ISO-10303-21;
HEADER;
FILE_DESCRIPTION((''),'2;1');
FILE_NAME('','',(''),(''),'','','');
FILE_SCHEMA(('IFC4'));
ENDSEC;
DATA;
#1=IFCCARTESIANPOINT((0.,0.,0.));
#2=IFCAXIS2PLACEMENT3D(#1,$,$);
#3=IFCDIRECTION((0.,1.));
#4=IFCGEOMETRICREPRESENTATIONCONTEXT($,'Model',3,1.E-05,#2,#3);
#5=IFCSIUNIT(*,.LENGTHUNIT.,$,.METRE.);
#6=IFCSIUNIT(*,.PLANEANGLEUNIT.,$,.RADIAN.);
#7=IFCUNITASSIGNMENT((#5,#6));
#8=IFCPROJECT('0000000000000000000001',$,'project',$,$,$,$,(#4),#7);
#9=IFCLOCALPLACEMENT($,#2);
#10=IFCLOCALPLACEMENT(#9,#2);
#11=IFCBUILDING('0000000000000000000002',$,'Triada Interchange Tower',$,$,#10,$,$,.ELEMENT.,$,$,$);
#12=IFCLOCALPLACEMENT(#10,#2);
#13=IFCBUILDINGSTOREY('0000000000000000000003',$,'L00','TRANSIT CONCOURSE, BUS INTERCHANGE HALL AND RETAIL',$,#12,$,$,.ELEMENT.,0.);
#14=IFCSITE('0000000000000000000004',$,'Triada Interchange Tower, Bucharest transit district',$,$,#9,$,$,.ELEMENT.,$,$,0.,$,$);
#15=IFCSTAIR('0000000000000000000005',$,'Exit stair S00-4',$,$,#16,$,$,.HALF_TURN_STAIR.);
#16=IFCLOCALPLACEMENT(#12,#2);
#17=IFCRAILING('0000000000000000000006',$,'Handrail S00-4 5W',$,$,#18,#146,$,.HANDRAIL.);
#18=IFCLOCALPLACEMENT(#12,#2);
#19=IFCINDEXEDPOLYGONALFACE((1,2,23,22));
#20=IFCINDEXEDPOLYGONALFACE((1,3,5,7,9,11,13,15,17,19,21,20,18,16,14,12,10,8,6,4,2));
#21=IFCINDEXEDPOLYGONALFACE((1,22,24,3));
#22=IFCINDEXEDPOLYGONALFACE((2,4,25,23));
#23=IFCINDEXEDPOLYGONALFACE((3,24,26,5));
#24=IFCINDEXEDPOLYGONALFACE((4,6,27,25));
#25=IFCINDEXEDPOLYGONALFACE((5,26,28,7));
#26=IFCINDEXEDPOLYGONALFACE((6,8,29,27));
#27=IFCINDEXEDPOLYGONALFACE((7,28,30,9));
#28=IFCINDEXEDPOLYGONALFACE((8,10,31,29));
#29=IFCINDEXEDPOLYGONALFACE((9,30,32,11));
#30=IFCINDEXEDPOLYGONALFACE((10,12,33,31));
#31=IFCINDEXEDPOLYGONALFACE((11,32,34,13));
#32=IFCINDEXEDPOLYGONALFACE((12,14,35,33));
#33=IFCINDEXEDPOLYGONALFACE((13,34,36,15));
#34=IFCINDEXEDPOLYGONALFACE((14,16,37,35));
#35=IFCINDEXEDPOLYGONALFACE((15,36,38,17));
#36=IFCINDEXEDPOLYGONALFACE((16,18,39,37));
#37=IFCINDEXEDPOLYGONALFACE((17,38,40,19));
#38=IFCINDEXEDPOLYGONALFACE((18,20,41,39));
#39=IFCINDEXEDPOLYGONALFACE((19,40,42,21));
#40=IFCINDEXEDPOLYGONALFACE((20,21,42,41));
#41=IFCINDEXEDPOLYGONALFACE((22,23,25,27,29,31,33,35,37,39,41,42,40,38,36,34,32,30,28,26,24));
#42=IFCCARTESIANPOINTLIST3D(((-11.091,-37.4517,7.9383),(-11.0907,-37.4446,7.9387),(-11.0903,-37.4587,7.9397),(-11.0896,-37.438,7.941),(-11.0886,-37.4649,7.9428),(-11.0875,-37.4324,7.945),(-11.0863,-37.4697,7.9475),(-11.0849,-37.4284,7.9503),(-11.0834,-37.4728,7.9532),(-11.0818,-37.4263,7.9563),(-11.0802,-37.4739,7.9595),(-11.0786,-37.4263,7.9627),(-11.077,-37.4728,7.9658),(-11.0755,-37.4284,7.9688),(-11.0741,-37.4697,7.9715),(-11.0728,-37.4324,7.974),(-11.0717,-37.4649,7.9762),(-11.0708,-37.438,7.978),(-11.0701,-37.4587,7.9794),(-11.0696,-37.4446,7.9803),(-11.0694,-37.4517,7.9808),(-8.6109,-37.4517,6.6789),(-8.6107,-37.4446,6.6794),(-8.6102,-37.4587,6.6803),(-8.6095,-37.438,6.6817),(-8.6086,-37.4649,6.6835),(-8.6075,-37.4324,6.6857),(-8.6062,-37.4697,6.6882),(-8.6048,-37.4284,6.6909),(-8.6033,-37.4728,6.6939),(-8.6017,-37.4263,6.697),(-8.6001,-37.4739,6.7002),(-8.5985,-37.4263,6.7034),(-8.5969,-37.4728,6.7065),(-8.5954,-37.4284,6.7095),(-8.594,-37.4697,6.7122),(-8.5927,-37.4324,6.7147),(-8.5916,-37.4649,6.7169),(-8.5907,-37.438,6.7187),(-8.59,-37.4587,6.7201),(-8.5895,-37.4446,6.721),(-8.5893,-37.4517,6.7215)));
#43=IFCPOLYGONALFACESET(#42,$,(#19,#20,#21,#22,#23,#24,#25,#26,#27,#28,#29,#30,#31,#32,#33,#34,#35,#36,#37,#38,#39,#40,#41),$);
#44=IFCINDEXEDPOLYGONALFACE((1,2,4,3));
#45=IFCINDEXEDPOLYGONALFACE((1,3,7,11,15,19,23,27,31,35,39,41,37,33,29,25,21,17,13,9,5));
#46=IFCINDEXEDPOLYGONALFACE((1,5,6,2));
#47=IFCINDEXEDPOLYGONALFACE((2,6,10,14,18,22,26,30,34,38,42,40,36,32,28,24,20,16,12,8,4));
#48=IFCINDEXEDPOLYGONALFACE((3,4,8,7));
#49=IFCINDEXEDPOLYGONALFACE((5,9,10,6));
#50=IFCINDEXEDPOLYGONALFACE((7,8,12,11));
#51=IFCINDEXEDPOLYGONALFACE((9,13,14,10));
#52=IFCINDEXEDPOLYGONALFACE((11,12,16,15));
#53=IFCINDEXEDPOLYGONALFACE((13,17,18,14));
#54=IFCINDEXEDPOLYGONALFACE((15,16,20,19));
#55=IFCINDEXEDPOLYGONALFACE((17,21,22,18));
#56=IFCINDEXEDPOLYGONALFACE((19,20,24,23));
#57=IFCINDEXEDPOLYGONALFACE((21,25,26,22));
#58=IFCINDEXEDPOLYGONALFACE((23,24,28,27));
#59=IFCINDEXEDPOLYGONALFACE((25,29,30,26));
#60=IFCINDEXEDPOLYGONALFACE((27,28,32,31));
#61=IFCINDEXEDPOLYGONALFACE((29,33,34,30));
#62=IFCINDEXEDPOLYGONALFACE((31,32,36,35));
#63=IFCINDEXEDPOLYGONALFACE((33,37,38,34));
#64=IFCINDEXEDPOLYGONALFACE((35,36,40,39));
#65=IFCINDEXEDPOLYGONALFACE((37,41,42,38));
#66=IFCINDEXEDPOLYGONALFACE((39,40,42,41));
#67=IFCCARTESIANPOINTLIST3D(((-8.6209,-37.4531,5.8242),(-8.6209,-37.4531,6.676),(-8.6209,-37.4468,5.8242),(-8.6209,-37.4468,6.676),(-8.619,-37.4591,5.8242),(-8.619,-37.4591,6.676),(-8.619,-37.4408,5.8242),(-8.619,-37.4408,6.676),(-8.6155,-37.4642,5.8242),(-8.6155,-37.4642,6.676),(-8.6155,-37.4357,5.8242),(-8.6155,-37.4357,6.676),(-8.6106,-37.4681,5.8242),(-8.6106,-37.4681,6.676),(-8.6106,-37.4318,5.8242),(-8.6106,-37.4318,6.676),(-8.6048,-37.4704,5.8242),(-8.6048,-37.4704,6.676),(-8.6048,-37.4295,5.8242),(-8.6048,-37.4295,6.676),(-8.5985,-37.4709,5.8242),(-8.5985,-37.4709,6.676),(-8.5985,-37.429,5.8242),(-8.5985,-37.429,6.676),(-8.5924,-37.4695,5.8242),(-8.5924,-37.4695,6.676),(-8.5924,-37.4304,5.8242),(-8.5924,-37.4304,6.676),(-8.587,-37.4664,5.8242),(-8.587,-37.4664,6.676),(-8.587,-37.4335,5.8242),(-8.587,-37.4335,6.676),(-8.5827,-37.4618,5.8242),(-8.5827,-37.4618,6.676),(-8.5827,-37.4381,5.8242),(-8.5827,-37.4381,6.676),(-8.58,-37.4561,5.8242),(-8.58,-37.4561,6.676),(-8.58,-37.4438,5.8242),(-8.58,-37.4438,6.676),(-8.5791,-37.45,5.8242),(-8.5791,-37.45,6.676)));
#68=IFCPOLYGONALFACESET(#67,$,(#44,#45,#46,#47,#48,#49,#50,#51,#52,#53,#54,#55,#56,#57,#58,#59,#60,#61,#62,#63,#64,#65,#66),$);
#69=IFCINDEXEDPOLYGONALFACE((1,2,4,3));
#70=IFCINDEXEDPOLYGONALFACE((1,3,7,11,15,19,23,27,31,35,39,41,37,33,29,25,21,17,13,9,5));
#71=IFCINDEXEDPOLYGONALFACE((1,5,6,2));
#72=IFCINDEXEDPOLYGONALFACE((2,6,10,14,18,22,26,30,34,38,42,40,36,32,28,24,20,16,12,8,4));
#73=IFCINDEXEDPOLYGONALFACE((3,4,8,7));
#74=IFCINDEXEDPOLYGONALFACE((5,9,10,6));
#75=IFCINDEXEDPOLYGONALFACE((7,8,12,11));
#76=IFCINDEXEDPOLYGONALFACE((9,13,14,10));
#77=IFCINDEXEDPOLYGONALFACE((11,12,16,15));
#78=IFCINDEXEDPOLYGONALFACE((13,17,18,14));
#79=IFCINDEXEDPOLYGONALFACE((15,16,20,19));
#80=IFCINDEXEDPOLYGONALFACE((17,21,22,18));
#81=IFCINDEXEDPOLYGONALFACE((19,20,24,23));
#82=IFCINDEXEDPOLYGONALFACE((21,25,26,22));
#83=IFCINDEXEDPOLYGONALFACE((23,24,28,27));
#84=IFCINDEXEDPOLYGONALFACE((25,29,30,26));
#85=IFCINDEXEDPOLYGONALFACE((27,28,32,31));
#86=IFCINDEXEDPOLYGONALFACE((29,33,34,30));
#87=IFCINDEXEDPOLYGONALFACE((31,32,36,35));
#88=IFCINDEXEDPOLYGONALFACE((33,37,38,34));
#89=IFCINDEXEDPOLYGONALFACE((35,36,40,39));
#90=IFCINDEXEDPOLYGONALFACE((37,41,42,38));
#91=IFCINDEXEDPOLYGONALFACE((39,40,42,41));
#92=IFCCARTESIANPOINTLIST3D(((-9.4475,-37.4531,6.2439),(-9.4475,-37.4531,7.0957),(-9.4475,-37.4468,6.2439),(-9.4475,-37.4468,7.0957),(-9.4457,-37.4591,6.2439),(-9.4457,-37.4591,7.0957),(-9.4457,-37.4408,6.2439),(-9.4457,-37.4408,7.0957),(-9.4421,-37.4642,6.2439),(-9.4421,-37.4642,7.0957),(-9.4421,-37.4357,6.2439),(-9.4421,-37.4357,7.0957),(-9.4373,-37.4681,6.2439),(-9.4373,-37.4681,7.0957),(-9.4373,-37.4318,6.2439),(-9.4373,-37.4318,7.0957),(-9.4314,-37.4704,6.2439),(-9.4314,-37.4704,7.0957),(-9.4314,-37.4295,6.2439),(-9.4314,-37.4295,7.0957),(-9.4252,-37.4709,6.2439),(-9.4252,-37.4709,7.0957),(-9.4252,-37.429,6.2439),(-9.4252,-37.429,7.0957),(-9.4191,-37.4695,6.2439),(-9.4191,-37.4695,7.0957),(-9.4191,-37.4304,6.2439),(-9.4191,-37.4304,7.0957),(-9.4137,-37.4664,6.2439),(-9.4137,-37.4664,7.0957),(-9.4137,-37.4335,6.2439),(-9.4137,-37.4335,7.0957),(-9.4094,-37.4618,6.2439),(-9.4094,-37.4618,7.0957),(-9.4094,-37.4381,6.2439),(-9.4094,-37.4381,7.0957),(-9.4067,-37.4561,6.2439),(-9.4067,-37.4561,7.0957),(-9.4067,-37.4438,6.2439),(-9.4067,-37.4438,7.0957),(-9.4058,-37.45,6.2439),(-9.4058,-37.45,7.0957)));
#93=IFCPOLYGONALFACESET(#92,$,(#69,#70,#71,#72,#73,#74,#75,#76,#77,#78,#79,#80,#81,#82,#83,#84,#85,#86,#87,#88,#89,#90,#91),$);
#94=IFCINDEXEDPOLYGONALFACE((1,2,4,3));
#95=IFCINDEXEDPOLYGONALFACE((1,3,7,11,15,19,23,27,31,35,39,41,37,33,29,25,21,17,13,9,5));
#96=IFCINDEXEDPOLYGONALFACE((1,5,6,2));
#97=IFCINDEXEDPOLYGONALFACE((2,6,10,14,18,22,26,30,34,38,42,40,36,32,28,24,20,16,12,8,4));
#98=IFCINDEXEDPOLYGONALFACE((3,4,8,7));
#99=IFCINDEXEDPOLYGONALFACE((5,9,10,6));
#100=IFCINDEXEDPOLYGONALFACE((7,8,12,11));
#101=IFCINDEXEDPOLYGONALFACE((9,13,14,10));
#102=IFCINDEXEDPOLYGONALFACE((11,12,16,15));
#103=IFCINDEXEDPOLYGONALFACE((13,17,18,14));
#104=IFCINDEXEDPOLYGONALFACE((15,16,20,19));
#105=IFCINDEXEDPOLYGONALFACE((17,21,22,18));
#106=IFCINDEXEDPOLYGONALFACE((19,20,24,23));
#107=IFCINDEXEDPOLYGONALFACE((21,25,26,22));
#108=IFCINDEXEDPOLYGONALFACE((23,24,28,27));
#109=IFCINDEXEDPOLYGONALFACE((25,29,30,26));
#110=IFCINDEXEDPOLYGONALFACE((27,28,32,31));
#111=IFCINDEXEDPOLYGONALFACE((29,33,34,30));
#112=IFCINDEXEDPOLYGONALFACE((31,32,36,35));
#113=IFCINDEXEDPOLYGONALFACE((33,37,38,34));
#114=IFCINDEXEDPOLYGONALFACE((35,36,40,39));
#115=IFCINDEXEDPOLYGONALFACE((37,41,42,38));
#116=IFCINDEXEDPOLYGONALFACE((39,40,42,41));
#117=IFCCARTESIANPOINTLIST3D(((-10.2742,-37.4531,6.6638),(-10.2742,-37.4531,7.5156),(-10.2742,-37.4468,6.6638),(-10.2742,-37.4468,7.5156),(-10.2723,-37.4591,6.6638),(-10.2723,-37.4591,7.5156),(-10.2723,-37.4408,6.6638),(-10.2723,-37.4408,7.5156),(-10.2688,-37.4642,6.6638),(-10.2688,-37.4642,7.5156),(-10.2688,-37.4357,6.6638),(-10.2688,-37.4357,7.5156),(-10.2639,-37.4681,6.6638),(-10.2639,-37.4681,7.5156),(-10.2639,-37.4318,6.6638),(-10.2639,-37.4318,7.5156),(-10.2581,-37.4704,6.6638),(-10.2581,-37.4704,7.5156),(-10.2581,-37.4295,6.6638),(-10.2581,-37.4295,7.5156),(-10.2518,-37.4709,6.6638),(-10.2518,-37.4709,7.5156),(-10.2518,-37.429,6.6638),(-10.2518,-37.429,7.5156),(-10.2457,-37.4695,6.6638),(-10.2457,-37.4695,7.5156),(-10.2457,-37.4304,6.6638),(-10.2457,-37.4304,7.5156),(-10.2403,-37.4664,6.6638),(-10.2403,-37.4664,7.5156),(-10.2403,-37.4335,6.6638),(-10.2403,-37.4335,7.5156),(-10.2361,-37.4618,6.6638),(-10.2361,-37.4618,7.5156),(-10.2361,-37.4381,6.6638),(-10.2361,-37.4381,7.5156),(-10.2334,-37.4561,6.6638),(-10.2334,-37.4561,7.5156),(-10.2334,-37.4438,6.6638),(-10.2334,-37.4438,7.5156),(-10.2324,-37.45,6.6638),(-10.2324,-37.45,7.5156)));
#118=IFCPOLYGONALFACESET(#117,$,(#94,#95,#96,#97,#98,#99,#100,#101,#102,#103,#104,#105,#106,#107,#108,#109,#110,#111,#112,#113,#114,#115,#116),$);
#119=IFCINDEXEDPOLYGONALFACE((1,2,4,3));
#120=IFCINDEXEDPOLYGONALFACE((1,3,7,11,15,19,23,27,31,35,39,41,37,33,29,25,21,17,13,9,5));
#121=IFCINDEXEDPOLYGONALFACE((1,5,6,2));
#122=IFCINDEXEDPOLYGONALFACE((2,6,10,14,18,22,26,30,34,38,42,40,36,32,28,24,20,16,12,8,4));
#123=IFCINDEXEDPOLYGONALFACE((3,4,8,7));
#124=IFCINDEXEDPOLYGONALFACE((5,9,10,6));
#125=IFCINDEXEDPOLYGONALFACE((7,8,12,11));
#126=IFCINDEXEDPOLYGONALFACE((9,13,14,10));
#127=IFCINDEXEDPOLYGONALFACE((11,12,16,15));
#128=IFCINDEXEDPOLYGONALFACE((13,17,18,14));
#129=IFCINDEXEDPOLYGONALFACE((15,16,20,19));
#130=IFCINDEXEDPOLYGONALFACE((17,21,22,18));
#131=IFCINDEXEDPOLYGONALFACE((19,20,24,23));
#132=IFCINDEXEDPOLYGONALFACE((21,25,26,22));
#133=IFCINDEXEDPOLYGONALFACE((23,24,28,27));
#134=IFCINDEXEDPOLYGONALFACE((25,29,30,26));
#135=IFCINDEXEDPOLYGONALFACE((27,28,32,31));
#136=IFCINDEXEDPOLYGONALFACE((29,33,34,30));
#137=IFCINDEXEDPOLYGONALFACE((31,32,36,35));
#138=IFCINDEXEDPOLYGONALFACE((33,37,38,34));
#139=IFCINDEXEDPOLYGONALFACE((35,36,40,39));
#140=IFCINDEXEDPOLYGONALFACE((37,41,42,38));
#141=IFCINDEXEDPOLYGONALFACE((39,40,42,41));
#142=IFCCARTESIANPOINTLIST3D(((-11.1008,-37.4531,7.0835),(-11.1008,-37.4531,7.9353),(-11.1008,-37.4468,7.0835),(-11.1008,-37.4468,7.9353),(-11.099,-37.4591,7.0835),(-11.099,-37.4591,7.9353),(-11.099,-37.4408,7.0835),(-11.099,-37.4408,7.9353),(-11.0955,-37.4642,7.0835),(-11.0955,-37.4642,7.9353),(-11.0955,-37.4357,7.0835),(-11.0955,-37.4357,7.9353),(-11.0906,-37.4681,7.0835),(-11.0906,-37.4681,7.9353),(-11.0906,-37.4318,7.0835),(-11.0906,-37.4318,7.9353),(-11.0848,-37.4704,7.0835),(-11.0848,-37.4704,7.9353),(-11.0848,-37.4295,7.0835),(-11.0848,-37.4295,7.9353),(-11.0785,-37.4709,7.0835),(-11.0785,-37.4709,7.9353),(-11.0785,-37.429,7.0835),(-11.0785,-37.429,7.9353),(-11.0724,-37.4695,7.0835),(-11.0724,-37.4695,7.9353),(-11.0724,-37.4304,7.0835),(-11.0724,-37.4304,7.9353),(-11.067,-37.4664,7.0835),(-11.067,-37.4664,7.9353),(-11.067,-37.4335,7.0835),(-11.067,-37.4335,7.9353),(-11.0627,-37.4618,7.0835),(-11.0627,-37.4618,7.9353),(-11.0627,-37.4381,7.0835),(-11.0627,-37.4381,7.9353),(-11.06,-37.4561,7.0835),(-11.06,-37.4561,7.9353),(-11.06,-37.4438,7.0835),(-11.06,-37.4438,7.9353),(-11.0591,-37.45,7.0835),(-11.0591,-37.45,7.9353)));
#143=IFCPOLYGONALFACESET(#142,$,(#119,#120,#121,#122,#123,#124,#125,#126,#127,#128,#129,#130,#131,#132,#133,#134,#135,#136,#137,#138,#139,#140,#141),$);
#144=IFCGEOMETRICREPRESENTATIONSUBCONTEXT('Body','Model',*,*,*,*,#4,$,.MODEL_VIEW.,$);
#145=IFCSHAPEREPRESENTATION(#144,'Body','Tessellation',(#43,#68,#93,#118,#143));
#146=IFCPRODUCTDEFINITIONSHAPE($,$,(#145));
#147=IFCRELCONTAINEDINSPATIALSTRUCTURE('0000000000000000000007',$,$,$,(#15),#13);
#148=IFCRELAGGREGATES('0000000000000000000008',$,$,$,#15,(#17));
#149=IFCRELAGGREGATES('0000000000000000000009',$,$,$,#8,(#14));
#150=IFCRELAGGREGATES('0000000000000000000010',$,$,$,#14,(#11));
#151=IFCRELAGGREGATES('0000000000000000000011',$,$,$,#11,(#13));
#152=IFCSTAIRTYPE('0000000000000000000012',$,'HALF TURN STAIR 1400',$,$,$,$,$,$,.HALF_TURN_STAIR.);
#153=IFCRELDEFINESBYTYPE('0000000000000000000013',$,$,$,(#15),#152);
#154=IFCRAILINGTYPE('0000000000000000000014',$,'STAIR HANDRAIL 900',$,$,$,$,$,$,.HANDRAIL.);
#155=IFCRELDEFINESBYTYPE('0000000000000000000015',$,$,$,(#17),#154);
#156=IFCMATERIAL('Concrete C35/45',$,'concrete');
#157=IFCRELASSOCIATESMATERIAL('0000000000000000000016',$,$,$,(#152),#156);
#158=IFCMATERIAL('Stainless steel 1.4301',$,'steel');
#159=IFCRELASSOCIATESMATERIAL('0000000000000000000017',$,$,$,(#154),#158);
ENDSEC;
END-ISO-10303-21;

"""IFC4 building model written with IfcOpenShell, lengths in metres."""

from ifc_helpers import new_model, si_unit, direction, frame, origin, origin_2d, place, context, subcontext, project, spatial, circle, extrude, material, type_object, element, aggregate, save


model = new_model("IFC4")

# Units and contexts
model_context = context("Model", 3, precision=1e-05, world=origin(), true_north=direction((0.0, 1.0)))
body_context = subcontext(model_context, "Body", "Model", "MODEL_VIEW")
ifc_project = project(units=[si_unit("LENGTHUNIT", "METRE"), si_unit("PLANEANGLEUNIT", "RADIAN")], contexts=[model_context])

# Site, building, storey
site_placement = place(None, origin())
site = spatial("IfcSite", under=ifc_project, at=site_placement, Name="Triada Interchange Tower, Bucharest transit district", CompositionType="ELEMENT", RefElevation=0.0)
building_placement = place(site_placement, origin())
building = spatial("IfcBuilding", under=site, at=building_placement, Name="Triada Interchange Tower", CompositionType="ELEMENT")
storey_placement = place(building_placement, origin())
storey = spatial("IfcBuildingStorey", under=building, at=storey_placement, Name="L00", Description="TRANSIT CONCOURSE, BUS INTERCHANGE HALL AND RETAIL", CompositionType="ELEMENT", Elevation=0.0)

# Shared definitions
ifc_material_1 = material(Name="Concrete C35/45", Category="concrete")

# Stair
stair_type = type_object("IfcStairType", Name="HALF TURN STAIR 1400", PredefinedType="HALF_TURN_STAIR", material=ifc_material_1)
stair_1_placement = place(storey_placement, origin())
stair_1 = element("IfcStair", 1, at=stair_1_placement, inside=storey, type_object=stair_type, Name="Exit stair S00-4", PredefinedType="HALF_TURN_STAIR")

# Railing
ifc_material_2 = material(Name="Stainless steel 1.4301", Category="steel")
railing_type_1 = type_object("IfcRailingType", Name="STAIR HANDRAIL 900", PredefinedType="HANDRAIL", material=ifc_material_2)
railing_1_placement = place(storey_placement, frame((-8.6001, -37.45, 5.8242)))
railing_1 = element("IfcRailing", 2, at=railing_1_placement, type_object=railing_type_1, Name="Handrail S00-4 5W", PredefinedType="HANDRAIL", context=body_context, shape_type="SweptSolid", body=[
    extrude(circle(Radius=0.0239, at=origin_2d()), frame((0.0, 0.0, 0.876), z_axis=(-0.891636, 0.0, 0.452752), x_axis=(0.0, -1.0, 0.0)), (0.0, 0.0, 1.0), 2.7815),
    extrude(circle(Radius=0.021, at=origin_2d()), origin(), (0.0, 0.0, 1.0), 0.8518),
    extrude(circle(Radius=0.021, at=origin_2d()), frame((-0.8267, 0.0, 0.4197)), (0.0, 0.0, 1.0), 0.8518),
    extrude(circle(Radius=0.021, at=origin_2d()), frame((-1.6533, 0.0, 0.8396)), (0.0, 0.0, 1.0), 0.8518),
    extrude(circle(Radius=0.021, at=origin_2d()), frame((-2.48, 0.0, 1.2593)), (0.0, 0.0, 1.0), 0.8518),
])
aggregate(stair_1, [railing_1])

save(model, "model.ifc")
